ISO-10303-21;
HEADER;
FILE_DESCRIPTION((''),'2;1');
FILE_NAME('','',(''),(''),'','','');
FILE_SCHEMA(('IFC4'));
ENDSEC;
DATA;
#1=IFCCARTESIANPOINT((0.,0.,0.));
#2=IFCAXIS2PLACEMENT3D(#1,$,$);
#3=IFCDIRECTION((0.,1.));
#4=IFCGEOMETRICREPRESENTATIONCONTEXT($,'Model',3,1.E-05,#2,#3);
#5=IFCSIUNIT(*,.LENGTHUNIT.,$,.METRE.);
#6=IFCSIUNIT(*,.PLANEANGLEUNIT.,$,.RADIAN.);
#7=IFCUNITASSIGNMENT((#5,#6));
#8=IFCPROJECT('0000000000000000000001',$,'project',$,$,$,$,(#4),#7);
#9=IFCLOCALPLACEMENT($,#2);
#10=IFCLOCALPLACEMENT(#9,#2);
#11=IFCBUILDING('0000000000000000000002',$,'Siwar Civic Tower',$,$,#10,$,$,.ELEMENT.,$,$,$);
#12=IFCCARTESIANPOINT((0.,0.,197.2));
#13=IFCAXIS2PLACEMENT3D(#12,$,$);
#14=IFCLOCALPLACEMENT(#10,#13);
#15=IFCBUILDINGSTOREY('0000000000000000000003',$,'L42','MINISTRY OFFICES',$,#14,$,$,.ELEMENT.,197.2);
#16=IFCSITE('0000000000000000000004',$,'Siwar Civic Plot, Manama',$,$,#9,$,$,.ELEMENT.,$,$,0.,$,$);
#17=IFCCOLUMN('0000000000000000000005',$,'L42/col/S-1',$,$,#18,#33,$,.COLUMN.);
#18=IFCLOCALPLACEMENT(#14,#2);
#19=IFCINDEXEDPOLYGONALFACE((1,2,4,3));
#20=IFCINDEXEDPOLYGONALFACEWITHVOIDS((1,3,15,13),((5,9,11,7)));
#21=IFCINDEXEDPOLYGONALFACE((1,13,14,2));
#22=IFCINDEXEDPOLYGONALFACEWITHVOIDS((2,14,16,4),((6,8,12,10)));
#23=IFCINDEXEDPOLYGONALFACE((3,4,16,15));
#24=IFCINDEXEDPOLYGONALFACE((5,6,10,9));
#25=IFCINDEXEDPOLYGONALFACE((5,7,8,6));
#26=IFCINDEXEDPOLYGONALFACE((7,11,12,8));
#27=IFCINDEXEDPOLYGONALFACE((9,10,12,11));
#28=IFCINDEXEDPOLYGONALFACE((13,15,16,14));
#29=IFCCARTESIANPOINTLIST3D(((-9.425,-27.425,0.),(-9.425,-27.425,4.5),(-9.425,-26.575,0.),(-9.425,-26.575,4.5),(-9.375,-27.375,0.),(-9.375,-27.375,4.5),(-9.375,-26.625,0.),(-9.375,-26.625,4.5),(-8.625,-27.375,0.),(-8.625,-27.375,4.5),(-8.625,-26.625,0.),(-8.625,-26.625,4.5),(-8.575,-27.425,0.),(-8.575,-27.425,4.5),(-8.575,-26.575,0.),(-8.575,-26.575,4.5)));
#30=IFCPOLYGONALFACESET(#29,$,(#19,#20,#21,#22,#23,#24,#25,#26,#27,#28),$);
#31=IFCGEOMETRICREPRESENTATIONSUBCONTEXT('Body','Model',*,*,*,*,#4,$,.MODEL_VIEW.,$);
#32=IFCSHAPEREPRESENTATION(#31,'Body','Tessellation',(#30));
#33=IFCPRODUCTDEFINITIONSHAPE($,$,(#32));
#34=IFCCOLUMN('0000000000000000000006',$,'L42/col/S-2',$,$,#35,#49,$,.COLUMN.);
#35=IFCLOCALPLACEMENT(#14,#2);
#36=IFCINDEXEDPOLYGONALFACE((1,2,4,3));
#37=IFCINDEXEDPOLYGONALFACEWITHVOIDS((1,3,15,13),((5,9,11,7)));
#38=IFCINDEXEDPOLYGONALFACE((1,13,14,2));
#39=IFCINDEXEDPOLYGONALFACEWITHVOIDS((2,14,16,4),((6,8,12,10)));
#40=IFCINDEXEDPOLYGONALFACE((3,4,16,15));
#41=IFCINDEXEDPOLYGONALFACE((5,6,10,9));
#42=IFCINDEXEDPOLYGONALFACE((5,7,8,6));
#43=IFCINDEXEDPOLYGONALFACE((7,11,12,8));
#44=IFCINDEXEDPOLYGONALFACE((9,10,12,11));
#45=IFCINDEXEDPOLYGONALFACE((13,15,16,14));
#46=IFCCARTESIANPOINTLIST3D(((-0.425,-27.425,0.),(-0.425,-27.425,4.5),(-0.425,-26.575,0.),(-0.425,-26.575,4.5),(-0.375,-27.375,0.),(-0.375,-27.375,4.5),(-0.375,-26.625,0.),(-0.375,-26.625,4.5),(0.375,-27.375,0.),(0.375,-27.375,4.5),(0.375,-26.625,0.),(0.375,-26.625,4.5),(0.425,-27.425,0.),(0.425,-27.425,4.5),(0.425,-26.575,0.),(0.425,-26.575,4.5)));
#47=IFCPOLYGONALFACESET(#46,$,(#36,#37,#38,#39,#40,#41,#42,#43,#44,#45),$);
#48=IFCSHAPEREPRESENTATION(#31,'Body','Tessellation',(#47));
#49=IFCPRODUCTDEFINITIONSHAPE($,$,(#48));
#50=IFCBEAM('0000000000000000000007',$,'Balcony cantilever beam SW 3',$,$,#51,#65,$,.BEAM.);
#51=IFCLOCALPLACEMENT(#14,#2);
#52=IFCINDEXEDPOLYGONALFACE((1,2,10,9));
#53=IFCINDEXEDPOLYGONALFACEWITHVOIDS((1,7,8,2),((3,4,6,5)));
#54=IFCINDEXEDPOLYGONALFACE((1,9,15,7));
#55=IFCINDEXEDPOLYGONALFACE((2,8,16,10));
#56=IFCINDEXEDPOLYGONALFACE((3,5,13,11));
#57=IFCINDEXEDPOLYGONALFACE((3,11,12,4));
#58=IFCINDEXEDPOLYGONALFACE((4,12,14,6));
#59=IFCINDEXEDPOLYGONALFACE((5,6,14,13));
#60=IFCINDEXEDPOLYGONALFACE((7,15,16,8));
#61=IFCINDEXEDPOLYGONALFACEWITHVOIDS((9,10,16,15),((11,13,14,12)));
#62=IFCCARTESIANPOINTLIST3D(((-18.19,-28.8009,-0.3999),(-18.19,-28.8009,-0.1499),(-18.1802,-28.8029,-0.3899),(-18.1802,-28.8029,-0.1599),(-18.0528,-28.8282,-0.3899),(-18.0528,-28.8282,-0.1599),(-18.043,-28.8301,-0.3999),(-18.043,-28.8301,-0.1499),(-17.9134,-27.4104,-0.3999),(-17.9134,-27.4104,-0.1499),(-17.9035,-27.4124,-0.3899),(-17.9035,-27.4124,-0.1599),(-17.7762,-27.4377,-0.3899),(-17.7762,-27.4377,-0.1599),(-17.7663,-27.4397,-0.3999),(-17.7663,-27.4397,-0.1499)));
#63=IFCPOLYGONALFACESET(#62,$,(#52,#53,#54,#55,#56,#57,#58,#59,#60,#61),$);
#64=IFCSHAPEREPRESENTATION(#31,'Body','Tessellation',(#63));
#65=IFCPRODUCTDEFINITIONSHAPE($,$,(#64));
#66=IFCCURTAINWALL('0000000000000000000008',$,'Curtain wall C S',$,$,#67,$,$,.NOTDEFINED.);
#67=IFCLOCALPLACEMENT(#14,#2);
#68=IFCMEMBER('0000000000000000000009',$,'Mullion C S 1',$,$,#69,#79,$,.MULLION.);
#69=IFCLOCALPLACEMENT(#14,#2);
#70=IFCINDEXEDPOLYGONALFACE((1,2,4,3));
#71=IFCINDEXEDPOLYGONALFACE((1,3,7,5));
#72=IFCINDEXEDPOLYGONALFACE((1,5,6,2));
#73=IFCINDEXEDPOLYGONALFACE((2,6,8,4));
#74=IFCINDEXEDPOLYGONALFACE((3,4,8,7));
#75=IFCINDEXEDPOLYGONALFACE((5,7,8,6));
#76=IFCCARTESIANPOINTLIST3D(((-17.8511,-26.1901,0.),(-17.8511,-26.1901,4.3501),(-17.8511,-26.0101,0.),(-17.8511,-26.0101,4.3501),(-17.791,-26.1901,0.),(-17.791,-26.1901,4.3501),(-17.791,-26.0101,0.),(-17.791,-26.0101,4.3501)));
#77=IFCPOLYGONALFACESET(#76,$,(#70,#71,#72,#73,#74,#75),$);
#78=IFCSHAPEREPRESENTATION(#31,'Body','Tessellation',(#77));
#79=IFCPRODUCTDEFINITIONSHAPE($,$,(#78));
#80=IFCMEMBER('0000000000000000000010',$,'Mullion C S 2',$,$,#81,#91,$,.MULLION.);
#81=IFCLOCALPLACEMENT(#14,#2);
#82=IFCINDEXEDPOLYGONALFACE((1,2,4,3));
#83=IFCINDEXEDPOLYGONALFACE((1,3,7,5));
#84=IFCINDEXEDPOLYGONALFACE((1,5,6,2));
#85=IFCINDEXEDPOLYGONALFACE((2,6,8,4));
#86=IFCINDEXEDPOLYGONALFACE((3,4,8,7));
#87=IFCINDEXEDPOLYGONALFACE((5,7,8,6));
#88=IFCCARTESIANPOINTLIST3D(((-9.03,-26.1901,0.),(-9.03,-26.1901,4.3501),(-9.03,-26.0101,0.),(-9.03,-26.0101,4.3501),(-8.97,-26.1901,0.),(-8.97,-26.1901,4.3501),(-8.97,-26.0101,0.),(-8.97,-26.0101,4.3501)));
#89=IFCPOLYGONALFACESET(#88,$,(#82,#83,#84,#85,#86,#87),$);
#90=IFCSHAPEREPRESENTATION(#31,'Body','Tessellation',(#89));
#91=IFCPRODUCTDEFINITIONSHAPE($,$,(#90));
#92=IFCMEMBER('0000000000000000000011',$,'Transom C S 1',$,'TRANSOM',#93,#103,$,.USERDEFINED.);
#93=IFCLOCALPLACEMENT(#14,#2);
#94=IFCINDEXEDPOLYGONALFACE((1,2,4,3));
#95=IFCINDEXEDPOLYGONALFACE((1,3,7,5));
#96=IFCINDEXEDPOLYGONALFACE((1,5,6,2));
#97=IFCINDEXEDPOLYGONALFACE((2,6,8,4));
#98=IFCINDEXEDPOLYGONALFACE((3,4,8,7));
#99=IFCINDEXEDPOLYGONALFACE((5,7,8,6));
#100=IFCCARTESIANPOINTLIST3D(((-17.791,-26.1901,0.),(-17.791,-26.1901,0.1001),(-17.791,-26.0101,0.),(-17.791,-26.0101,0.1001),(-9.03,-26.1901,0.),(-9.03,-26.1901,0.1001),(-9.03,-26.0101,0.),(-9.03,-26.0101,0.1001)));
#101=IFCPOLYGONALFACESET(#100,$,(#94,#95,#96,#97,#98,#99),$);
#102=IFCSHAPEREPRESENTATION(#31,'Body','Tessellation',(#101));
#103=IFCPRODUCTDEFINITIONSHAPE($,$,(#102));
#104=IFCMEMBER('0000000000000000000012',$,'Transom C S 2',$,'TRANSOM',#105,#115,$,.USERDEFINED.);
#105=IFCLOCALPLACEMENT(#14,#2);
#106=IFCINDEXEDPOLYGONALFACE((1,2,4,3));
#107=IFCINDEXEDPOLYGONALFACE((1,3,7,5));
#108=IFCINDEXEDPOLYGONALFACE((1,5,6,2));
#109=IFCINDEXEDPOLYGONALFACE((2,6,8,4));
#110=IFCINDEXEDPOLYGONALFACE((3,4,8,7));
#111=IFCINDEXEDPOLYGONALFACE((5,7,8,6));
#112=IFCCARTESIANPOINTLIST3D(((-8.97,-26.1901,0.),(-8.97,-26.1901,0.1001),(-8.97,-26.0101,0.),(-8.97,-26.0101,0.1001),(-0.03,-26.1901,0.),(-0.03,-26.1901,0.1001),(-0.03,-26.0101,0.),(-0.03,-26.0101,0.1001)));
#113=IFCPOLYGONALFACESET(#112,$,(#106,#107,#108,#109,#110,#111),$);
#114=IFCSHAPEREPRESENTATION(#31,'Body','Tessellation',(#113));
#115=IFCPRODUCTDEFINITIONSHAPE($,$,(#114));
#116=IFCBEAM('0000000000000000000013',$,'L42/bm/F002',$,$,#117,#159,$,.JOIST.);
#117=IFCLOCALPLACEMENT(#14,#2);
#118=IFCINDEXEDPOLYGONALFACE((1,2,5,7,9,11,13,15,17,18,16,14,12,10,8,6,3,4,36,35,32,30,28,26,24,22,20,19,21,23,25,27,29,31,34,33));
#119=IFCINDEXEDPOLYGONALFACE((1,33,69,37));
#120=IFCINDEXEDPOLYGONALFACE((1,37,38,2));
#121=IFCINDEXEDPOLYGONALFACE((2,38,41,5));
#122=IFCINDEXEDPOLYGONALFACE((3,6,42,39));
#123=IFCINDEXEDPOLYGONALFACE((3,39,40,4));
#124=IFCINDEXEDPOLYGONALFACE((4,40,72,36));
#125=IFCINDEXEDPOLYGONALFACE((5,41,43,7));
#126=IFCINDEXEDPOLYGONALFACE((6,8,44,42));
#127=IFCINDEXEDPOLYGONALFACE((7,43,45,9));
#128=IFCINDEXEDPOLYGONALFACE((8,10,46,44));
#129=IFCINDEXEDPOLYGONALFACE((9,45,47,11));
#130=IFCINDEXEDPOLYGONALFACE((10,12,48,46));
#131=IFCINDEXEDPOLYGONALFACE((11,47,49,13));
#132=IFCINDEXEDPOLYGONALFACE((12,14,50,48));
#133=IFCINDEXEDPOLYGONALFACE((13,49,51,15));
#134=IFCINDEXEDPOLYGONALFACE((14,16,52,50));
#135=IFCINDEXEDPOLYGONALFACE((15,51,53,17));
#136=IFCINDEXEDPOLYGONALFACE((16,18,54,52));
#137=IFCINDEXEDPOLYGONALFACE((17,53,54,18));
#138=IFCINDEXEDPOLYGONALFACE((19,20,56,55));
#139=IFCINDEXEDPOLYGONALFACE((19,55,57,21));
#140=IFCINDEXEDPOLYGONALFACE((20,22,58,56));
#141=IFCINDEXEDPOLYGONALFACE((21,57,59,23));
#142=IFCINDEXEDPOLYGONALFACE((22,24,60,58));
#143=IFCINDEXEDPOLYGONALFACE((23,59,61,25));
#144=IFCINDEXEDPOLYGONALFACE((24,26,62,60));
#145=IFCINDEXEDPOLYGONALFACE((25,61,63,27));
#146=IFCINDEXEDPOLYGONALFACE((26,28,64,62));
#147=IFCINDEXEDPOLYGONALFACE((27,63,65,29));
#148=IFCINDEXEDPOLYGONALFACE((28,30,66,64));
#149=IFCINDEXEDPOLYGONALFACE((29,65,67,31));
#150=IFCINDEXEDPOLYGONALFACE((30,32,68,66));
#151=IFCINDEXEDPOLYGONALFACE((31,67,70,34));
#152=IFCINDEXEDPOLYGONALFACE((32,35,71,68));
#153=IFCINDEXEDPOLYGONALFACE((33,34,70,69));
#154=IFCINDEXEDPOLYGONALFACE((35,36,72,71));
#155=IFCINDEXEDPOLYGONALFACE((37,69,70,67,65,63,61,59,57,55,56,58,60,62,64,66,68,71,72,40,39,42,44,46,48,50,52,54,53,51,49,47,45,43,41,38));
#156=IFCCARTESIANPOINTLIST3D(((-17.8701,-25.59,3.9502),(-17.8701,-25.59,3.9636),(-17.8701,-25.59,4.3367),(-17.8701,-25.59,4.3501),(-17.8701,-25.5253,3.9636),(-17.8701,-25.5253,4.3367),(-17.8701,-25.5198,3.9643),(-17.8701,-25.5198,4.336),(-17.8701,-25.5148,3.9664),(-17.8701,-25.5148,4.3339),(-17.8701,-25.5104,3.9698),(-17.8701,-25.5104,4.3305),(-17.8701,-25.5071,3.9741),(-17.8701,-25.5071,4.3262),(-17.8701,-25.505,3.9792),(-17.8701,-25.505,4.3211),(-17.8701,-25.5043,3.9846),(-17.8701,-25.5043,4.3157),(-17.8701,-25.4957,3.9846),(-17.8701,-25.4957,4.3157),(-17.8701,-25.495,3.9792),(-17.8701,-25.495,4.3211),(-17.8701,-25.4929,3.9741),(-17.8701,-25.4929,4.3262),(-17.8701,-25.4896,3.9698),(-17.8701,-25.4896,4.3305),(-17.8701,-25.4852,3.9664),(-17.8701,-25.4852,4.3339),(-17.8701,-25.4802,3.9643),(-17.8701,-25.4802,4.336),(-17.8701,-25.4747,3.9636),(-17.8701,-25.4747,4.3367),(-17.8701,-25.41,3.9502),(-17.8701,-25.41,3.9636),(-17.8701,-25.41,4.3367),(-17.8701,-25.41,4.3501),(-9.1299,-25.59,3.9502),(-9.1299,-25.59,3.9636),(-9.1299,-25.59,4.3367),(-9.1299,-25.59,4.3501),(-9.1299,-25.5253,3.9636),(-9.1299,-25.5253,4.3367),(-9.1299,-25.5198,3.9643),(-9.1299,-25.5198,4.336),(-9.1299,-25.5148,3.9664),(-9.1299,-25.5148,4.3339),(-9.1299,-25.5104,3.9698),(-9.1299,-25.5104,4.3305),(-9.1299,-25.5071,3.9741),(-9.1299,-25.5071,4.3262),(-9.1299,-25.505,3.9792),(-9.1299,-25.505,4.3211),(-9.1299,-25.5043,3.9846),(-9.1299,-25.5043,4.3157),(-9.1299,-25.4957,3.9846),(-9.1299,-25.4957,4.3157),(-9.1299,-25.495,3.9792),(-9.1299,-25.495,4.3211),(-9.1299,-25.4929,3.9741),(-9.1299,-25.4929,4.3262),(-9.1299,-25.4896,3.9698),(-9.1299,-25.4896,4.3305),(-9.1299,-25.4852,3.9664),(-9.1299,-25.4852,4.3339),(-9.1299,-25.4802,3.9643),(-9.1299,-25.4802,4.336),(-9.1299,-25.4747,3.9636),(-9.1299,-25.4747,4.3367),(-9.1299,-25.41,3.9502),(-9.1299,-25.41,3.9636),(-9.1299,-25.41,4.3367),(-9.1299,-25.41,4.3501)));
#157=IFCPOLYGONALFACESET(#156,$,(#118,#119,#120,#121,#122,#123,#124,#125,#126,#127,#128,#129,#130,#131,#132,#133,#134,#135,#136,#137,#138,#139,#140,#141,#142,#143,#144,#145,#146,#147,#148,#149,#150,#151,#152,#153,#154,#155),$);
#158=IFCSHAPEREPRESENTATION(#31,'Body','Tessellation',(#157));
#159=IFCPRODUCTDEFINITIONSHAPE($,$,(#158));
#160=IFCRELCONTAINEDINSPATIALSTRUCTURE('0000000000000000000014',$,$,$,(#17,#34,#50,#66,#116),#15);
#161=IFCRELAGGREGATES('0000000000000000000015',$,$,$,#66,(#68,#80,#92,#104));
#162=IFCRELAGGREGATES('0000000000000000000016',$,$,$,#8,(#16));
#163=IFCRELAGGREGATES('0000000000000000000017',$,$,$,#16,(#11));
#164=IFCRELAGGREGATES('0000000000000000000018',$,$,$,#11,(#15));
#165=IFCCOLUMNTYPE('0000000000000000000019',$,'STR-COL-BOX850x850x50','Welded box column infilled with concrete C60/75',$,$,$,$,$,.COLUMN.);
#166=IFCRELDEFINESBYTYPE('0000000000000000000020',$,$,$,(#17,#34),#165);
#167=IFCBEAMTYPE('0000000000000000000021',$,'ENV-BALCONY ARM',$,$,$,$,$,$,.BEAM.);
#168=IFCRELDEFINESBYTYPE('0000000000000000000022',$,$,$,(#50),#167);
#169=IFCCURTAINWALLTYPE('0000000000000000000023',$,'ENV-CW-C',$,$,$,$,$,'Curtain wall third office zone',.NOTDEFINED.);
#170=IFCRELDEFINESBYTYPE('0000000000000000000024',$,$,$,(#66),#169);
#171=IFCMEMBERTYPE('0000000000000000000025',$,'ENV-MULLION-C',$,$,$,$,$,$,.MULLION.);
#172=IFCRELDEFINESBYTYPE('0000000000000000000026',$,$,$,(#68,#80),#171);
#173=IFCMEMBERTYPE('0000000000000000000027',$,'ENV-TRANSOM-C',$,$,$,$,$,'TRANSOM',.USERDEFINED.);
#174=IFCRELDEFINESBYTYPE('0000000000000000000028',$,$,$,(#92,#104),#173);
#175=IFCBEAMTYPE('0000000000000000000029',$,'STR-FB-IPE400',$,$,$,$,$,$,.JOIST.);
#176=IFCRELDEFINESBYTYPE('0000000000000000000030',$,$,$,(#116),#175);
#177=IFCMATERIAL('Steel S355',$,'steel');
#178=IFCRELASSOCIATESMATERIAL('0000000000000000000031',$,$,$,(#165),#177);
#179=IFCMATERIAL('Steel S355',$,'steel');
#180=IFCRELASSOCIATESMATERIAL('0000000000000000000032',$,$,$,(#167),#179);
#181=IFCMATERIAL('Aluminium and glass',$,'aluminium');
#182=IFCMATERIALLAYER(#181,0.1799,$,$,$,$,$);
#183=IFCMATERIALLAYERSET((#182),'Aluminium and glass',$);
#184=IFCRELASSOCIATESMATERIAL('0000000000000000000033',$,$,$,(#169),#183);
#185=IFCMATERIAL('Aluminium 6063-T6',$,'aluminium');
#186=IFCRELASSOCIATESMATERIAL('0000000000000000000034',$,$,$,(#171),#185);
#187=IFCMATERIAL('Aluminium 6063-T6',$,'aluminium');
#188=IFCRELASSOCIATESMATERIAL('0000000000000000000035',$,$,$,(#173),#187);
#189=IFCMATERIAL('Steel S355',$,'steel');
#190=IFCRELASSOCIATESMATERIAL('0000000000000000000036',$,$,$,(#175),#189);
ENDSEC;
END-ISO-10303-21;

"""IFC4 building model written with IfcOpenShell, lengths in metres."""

from ifc_helpers import new_model, si_unit, direction, frame, origin, origin_2d, place, context, subcontext, project, spatial, rectangle, hollow_rectangle, i_section, extrude, material, layer, layer_set, material_profile, profile_set, type_object, element, aggregate, save


model = new_model("IFC4")

# Units and contexts
model_context = context("Model", 3, precision=1e-05, world=origin(), true_north=direction((0.0, 1.0)))
body_context = subcontext(model_context, "Body", "Model", "MODEL_VIEW")
ifc_project = project(units=[si_unit("LENGTHUNIT", "METRE"), si_unit("PLANEANGLEUNIT", "RADIAN")], contexts=[model_context])

# Site, building, storey
site_placement = place(None, origin())
site = spatial("IfcSite", under=ifc_project, at=site_placement, Name="Siwar Civic Plot, Manama", CompositionType="ELEMENT", RefElevation=0.0)
building_placement = place(site_placement, origin())
building = spatial("IfcBuilding", under=site, at=building_placement, Name="Siwar Civic Tower", CompositionType="ELEMENT")
storey_placement = place(building_placement, frame((0.0, 0.0, 197.2)))
storey = spatial("IfcBuildingStorey", under=building, at=storey_placement, Name="L42", Description="MINISTRY OFFICES", CompositionType="ELEMENT", Elevation=197.2)

# Columns
ifc_material_1 = material(Name="Steel S355", Category="steel")
ifc_material_profile_1 = material_profile(ifc_material_1, hollow_rectangle(XDim=0.8501, YDim=0.8501, WallThickness=0.05, at=origin_2d()), Name="BOX850x850x50")
ifc_profile_set_1 = profile_set([ifc_material_profile_1], Name="Steel S355")
column_type = type_object("IfcColumnType", Name="STR-COL-BOX850x850x50", Description="Welded box column infilled with concrete C60/75", PredefinedType="COLUMN", material=ifc_profile_set_1)
for number, where, z_axis, x_axis, name in (
    (1, (-9.0, -27.0, 0.0), (0.0, 0.0, 1.0), (1.0, 0.0, 0.0), "L42/col/S-1"),
    (2, (0.0, -27.0, 0.0), (0.0, 0.0, 1.0), (1.0, 0.0, 0.0), "L42/col/S-2"),
):
    element("IfcColumn", number, at=place(storey_placement, frame(where, z_axis=z_axis, x_axis=x_axis)), inside=storey, type_object=column_type, Name=name, PredefinedType="COLUMN", context=body_context, shape_type="SweptSolid", body=[
        extrude(hollow_rectangle(XDim=0.8501, YDim=0.8501, WallThickness=0.05, at=origin_2d()), origin(), (0.0, 0.0, 1.0), 4.5),
    ])

# Beam
ifc_material_2 = material(Name="Steel S355", Category="steel")
ifc_material_profile_2 = material_profile(ifc_material_2, hollow_rectangle(XDim=0.1499, YDim=0.25, WallThickness=0.01, at=origin_2d()), Name="RHS250x150x10")
ifc_profile_set_2 = profile_set([ifc_material_profile_2], Name="Steel S355")
beam_type_1 = type_object("IfcBeamType", Name="ENV-BALCONY ARM", PredefinedType="BEAM", material=ifc_profile_set_2)
beam_1_placement = place(storey_placement, frame((-17.8398, -27.425, -0.2749), z_axis=(-0.195122, -0.980779, 0.0), x_axis=(0.980779, -0.195122, 0.0)))
element("IfcBeam", 3, at=beam_1_placement, inside=storey, type_object=beam_type_1, Name="Balcony cantilever beam SW 3", PredefinedType="BEAM", context=body_context, shape_type="SweptSolid", body=[
    extrude(hollow_rectangle(XDim=0.1499, YDim=0.25, WallThickness=0.01, at=origin_2d()), origin(), (0.0, 0.0, 1.0), 1.4177),
])

# Curtain wall, members
ifc_material_3 = material(Name="Aluminium and glass", Category="aluminium")
ifc_layer_1 = layer(ifc_material_3, 0.1799)
ifc_layer_set_1 = layer_set([ifc_layer_1], Name="Aluminium and glass")
curtain_wall_type = type_object("IfcCurtainWallType", Name="ENV-CW-C", ElementType="Curtain wall third office zone", PredefinedType="NOTDEFINED", material=ifc_layer_set_1)
curtain_wall_placement = place(storey_placement, origin())
curtain_wall = element("IfcCurtainWall", 4, at=curtain_wall_placement, inside=storey, type_object=curtain_wall_type, Name="Curtain wall C S", PredefinedType="NOTDEFINED")
ifc_material_4 = material(Name="Aluminium 6063-T6", Category="aluminium")
ifc_material_profile_3 = material_profile(ifc_material_4, rectangle(XDim=0.1799, YDim=0.0601, at=origin_2d()), Name="AL 180x60")
ifc_profile_set_3 = profile_set([ifc_material_profile_3], Name="Aluminium 6063-T6")
member_type_1 = type_object("IfcMemberType", Name="ENV-MULLION-C", PredefinedType="MULLION", material=ifc_profile_set_3)
member_1_placement = place(storey_placement, frame((-17.821, -26.1001, 0.0), z_axis=(0.0, 0.0, 1.0), x_axis=(0.0, 1.0, 0.0)))
member_1 = element("IfcMember", 5, at=member_1_placement, type_object=member_type_1, Name="Mullion C S 1", PredefinedType="MULLION", context=body_context, shape_type="SweptSolid", body=[
    extrude(rectangle(XDim=0.1799, YDim=0.0601, at=origin_2d()), origin(), (0.0, 0.0, 1.0), 4.3501),
])
member_2_placement = place(storey_placement, frame((-9.0, -26.1001, 0.0), z_axis=(0.0, 0.0, 1.0), x_axis=(0.0, 1.0, 0.0)))
member_2 = element("IfcMember", 6, at=member_2_placement, type_object=member_type_1, Name="Mullion C S 2", PredefinedType="MULLION", context=body_context, shape_type="SweptSolid", body=[
    extrude(rectangle(XDim=0.1799, YDim=0.0601, at=origin_2d()), origin(), (0.0, 0.0, 1.0), 4.3501),
])
ifc_material_5 = material(Name="Aluminium 6063-T6", Category="aluminium")
ifc_material_profile_4 = material_profile(ifc_material_5, rectangle(XDim=0.1799, YDim=0.1001, at=origin_2d()), Name="AL 180x100")
ifc_profile_set_4 = profile_set([ifc_material_profile_4], Name="Aluminium 6063-T6")
member_type_2 = type_object("IfcMemberType", Name="ENV-TRANSOM-C", ElementType="TRANSOM", PredefinedType="USERDEFINED", material=ifc_profile_set_4)
member_3_placement = place(storey_placement, frame((-17.791, -26.1001, 0.05), z_axis=(1.0, 0.0, 0.0), x_axis=(0.0, 1.0, 0.0)))
member_3 = element("IfcMember", 7, at=member_3_placement, type_object=member_type_2, Name="Transom C S 1", ObjectType="TRANSOM", PredefinedType="USERDEFINED", context=body_context, shape_type="SweptSolid", body=[
    extrude(rectangle(XDim=0.1799, YDim=0.1001, at=origin_2d()), origin(), (0.0, 0.0, 1.0), 8.761),
])
member_4_placement = place(storey_placement, frame((-8.97, -26.1001, 0.05), z_axis=(1.0, 0.0, 0.0), x_axis=(0.0, 1.0, 0.0)))
member_4 = element("IfcMember", 8, at=member_4_placement, type_object=member_type_2, Name="Transom C S 2", ObjectType="TRANSOM", PredefinedType="USERDEFINED", context=body_context, shape_type="SweptSolid", body=[
    extrude(rectangle(XDim=0.1799, YDim=0.1001, at=origin_2d()), origin(), (0.0, 0.0, 1.0), 8.9399),
])

# Beam
ifc_material_6 = material(Name="Steel S355", Category="steel")
ifc_material_profile_5 = material_profile(ifc_material_6, i_section(OverallWidth=0.1799, OverallDepth=0.3999, WebThickness=0.0085, FlangeThickness=0.0134, FilletRadius=0.021, at=origin_2d()), Name="IPE400")
ifc_profile_set_5 = profile_set([ifc_material_profile_5], Name="Steel S355")
beam_type_2 = type_object("IfcBeamType", Name="STR-FB-IPE400", PredefinedType="JOIST", material=ifc_profile_set_5)
for number, where, z_axis, x_axis, name in (
    (9, (-17.8701, -25.5, 4.1501), (1.0, 0.0, 0.0), (0.0, 1.0, 0.0), "L42/bm/F002"),
):
    element("IfcBeam", number, at=place(storey_placement, frame(where, z_axis=z_axis, x_axis=x_axis)), inside=storey, type_object=beam_type_2, Name=name, PredefinedType="JOIST", context=body_context, shape_type="SweptSolid", body=[
        extrude(i_section(OverallWidth=0.1799, OverallDepth=0.3999, WebThickness=0.0085, FlangeThickness=0.0134, FilletRadius=0.021, at=origin_2d()), origin(), (0.0, 0.0, 1.0), 8.7402),
    ])

aggregate(curtain_wall, [member_1, member_2, member_3, member_4])

save(model, "model.ifc")
